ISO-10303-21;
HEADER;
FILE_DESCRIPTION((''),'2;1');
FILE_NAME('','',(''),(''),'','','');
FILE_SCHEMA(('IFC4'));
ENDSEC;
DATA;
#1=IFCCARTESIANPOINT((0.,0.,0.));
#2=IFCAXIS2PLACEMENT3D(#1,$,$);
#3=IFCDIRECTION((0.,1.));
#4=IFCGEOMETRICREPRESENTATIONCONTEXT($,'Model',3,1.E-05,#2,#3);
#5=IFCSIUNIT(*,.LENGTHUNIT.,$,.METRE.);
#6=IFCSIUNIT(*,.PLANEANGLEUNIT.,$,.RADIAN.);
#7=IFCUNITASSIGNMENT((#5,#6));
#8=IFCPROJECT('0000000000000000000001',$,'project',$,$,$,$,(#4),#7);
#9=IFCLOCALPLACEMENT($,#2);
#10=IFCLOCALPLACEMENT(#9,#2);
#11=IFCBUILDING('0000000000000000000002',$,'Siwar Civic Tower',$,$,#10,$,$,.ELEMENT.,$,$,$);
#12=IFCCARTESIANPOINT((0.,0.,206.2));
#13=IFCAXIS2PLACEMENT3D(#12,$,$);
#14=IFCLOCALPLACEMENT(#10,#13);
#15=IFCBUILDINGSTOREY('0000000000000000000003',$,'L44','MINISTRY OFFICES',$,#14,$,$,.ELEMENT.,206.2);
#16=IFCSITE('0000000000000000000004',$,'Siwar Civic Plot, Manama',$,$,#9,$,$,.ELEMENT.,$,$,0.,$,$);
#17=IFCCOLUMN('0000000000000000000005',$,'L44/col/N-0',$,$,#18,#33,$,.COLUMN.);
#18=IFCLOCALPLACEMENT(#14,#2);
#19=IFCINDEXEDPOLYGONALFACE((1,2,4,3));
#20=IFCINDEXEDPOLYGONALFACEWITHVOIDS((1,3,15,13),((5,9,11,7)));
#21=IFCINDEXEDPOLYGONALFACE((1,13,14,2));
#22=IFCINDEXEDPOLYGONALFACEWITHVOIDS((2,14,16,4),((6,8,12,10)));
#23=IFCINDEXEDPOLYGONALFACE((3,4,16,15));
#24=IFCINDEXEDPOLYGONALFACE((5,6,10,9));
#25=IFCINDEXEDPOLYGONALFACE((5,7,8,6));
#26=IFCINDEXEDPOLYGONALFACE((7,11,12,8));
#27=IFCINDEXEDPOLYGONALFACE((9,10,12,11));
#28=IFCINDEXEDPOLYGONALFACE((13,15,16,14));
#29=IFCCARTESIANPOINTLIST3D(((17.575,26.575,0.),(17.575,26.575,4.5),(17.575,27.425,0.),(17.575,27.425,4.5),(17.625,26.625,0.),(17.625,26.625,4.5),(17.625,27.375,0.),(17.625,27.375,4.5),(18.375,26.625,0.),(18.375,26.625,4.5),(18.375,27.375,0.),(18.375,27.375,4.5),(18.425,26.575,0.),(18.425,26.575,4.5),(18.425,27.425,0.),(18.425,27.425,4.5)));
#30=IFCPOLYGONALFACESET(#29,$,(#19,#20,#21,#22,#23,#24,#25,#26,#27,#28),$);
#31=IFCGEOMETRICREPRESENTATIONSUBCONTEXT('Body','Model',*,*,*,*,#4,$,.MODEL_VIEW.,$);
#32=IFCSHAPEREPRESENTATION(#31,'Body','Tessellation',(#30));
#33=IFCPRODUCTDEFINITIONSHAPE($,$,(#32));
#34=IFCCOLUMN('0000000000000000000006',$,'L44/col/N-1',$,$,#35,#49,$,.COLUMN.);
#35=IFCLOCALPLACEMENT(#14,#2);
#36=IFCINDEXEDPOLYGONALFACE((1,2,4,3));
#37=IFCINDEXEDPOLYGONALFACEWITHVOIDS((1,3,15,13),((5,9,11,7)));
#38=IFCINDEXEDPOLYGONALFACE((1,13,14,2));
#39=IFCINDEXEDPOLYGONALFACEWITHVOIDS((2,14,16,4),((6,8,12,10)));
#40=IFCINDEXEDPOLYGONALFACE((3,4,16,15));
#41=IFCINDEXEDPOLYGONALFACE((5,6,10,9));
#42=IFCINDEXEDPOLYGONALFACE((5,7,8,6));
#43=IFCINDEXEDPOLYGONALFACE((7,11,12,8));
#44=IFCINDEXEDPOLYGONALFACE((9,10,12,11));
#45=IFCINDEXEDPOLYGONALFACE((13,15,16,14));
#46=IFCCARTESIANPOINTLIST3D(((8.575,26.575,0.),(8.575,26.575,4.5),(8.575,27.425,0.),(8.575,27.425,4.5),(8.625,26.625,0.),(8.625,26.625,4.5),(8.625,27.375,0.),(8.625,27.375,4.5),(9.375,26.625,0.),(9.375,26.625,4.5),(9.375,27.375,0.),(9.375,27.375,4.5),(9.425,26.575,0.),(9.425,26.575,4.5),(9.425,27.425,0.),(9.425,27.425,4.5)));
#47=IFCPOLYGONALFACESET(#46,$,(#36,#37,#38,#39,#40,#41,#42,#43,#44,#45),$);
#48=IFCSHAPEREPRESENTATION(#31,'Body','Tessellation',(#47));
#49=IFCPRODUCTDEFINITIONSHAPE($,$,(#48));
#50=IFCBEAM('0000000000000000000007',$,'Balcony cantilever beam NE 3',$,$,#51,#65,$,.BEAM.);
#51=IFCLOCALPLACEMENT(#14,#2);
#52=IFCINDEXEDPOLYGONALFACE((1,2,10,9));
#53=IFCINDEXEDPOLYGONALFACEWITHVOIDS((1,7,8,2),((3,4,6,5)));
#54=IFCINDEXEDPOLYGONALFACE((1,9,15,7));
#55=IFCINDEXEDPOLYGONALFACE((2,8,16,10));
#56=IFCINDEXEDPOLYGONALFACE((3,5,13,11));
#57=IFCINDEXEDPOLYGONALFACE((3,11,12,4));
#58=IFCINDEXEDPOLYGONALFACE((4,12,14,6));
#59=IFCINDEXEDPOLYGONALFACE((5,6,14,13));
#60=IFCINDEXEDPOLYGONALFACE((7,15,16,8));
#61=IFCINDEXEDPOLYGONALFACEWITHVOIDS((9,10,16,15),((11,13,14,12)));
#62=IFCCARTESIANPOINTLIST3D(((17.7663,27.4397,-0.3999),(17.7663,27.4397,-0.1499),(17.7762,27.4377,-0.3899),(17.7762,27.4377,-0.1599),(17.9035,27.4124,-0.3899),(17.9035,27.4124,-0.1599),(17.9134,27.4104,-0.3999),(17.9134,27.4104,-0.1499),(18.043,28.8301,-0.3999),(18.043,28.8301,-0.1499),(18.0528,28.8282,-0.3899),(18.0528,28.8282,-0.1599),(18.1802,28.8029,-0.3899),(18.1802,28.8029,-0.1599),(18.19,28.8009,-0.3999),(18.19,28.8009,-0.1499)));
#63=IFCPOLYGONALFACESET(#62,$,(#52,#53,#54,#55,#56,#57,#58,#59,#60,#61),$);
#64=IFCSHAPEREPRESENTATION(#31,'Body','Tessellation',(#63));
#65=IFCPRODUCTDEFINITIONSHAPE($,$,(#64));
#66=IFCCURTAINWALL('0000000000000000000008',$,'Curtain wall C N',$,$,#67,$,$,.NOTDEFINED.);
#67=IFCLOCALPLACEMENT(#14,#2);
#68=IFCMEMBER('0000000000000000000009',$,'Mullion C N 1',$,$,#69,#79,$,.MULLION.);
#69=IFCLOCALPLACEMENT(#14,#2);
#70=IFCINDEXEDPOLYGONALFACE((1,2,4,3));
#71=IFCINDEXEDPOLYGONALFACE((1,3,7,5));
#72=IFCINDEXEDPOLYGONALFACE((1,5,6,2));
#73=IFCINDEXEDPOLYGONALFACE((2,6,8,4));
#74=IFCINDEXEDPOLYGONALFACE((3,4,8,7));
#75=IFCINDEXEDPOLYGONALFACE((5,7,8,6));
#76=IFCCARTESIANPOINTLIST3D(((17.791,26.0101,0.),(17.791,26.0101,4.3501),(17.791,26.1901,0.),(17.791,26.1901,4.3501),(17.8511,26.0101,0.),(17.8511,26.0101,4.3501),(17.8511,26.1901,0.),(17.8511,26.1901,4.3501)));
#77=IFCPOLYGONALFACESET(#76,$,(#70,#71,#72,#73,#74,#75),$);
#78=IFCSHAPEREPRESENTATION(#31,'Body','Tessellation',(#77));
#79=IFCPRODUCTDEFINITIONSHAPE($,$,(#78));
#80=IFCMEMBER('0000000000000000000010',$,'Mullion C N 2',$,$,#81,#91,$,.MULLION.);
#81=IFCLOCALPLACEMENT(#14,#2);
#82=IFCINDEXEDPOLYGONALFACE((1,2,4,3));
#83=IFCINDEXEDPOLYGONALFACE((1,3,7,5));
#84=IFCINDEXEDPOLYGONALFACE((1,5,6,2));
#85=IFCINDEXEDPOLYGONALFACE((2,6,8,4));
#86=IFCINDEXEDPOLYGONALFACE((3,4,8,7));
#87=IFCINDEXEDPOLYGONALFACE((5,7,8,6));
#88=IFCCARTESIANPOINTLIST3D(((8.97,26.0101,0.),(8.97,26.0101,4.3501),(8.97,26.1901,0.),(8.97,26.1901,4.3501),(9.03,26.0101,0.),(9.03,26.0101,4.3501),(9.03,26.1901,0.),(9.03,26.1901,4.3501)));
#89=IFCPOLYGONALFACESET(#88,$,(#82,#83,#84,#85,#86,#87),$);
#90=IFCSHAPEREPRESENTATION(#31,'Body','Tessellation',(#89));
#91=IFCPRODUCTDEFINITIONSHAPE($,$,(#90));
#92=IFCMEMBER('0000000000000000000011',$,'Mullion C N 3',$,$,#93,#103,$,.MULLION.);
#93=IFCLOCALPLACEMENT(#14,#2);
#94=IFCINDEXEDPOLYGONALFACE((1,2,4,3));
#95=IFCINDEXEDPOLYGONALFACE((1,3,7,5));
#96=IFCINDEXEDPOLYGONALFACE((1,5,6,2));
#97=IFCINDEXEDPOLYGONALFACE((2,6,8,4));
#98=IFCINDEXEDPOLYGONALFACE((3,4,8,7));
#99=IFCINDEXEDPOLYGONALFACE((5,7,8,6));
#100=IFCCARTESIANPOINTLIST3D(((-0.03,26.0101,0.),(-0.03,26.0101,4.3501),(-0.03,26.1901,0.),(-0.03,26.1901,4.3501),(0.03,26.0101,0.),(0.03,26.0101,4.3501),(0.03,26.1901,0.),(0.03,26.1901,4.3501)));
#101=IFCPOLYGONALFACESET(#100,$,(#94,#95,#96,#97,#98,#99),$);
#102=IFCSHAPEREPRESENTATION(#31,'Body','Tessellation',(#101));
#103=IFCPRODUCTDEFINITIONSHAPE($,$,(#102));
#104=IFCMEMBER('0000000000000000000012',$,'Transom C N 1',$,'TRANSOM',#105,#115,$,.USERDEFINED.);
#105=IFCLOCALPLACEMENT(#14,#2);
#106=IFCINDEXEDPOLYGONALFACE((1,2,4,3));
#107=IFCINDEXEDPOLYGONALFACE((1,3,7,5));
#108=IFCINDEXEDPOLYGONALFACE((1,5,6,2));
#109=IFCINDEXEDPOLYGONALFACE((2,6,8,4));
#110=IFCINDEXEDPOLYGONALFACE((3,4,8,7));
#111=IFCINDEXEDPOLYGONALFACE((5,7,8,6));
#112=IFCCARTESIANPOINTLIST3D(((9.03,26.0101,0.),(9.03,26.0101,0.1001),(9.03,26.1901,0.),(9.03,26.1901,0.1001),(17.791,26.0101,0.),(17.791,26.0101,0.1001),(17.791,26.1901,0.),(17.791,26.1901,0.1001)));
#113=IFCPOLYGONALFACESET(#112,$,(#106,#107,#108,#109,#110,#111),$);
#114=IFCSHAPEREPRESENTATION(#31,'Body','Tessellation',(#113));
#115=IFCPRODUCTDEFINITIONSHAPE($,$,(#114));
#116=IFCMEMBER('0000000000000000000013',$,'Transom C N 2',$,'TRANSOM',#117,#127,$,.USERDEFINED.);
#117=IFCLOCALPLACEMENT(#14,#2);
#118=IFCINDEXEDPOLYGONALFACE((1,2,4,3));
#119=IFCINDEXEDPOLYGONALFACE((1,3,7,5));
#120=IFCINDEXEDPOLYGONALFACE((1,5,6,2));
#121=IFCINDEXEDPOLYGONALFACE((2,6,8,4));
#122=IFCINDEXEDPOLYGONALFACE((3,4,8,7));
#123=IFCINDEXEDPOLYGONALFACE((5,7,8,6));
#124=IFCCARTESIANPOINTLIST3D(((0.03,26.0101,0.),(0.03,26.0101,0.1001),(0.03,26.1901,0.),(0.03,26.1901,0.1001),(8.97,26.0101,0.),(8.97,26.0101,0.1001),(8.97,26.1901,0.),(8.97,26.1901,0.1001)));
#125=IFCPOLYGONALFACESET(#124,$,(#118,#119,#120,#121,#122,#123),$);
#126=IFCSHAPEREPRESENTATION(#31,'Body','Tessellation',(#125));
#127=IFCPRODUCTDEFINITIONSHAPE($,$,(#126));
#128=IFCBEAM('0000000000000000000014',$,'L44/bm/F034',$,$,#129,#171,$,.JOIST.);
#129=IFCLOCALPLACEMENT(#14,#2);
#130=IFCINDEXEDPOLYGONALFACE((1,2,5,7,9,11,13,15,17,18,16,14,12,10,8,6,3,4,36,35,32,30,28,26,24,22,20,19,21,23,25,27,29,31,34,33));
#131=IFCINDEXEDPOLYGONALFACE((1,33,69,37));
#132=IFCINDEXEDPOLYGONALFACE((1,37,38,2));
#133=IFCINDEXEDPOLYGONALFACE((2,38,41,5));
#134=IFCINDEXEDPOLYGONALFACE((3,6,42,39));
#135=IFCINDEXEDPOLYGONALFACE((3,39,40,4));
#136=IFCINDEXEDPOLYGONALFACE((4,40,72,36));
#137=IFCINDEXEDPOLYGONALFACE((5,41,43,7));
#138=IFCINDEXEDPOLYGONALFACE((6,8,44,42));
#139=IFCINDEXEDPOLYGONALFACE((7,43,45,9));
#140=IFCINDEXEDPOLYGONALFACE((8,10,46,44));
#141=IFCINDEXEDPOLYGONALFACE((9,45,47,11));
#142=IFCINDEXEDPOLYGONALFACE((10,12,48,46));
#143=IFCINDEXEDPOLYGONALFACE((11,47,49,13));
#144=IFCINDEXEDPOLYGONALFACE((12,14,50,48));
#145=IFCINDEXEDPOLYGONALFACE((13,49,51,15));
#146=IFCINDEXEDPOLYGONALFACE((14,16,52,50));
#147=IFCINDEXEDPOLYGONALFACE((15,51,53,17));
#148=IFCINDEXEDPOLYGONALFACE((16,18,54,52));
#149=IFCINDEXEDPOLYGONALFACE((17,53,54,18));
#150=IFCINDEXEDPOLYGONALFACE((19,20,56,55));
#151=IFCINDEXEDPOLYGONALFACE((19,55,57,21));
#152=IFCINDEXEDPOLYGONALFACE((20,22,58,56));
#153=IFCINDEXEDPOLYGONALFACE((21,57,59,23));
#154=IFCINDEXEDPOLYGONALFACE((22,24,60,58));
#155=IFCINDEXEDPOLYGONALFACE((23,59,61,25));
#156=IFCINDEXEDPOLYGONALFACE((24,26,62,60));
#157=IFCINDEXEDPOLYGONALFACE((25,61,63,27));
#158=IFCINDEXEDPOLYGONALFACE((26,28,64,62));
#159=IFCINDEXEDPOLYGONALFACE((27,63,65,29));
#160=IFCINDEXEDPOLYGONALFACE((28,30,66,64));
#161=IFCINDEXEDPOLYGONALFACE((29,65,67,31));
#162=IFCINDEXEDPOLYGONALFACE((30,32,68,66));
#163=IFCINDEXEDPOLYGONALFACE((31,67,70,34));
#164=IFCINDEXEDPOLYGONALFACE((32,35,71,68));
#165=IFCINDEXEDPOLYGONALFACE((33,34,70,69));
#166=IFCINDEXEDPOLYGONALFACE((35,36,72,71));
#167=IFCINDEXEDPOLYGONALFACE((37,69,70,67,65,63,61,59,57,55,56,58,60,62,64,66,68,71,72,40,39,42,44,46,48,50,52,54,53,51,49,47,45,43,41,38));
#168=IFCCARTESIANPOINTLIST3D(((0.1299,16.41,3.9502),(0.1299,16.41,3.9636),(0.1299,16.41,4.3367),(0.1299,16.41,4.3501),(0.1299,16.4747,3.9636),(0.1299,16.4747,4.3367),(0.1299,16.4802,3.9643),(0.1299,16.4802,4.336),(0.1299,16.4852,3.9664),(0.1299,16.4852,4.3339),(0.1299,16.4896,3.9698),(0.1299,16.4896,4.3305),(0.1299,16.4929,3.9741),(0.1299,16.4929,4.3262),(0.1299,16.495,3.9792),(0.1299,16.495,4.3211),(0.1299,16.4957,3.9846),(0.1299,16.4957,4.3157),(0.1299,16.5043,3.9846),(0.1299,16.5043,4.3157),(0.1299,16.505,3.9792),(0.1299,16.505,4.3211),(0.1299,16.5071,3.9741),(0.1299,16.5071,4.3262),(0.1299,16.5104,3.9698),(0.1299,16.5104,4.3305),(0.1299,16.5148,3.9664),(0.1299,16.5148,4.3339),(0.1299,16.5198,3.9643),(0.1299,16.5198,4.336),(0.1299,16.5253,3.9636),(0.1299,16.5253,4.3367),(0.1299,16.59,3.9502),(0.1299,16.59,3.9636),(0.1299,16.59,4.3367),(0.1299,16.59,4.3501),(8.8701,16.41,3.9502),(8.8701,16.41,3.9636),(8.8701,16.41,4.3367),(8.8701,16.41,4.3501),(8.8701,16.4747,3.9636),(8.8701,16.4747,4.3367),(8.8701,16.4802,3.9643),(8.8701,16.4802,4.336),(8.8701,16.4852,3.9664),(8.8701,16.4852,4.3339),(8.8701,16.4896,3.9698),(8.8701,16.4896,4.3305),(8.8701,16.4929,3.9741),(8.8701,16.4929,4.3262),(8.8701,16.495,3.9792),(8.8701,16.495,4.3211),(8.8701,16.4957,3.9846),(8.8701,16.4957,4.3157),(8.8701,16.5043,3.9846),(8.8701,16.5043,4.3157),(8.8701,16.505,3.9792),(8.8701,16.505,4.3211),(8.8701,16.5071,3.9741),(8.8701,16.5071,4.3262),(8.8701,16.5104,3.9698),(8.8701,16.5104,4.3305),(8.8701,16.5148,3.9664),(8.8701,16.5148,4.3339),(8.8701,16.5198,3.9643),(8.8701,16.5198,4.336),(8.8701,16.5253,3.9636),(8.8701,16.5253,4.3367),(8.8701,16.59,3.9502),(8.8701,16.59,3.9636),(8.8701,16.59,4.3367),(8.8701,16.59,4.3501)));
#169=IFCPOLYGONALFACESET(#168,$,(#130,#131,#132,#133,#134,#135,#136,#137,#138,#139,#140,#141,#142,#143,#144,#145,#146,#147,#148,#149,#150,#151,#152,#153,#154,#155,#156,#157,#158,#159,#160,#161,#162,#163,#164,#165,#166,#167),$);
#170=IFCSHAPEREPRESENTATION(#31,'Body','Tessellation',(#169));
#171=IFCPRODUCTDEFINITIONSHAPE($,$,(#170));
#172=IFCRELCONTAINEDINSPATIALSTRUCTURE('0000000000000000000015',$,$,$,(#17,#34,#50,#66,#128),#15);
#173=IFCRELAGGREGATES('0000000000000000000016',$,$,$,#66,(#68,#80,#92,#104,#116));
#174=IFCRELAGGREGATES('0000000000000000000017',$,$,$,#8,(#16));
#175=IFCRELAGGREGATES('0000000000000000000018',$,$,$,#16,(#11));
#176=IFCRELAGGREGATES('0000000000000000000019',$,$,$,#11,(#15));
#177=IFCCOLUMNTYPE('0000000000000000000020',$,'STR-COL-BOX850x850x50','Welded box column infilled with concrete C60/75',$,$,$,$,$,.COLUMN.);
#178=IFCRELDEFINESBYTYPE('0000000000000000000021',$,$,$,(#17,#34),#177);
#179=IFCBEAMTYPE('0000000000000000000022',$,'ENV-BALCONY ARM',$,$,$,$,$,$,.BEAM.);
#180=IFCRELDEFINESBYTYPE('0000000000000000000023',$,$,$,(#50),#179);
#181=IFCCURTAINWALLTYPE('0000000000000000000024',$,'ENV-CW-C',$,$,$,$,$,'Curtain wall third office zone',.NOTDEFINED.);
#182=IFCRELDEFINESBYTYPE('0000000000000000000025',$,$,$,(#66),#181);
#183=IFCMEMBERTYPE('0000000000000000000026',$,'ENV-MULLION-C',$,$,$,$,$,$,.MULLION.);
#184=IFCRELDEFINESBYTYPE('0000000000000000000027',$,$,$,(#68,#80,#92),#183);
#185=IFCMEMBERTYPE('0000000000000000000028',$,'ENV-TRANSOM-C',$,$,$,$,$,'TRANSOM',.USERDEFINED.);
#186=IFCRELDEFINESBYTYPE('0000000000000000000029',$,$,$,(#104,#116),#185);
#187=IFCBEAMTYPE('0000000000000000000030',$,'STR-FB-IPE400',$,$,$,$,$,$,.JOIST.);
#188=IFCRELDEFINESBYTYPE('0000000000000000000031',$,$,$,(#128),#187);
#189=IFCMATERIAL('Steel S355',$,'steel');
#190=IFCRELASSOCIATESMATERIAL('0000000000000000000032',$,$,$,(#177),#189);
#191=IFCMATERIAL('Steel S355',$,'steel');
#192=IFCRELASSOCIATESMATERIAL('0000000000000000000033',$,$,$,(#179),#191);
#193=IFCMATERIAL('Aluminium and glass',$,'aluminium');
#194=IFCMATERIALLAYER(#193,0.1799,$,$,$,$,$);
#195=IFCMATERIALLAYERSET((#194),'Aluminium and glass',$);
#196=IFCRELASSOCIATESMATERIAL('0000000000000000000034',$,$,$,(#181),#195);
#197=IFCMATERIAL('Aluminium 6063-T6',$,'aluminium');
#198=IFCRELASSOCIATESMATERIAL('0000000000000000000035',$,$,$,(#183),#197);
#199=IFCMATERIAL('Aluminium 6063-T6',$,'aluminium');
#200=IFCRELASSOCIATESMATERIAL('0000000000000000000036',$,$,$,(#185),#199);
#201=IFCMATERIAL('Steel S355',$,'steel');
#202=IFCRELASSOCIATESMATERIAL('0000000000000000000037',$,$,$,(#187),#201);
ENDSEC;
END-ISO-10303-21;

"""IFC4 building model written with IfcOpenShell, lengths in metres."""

from ifc_helpers import new_model, si_unit, direction, frame, origin, origin_2d, place, context, subcontext, project, spatial, rectangle, hollow_rectangle, i_section, extrude, material, layer, layer_set, material_profile, profile_set, type_object, element, aggregate, save


model = new_model("IFC4")

# Units and contexts
model_context = context("Model", 3, precision=1e-05, world=origin(), true_north=direction((0.0, 1.0)))
body_context = subcontext(model_context, "Body", "Model", "MODEL_VIEW")
ifc_project = project(units=[si_unit("LENGTHUNIT", "METRE"), si_unit("PLANEANGLEUNIT", "RADIAN")], contexts=[model_context])

# Site, building, storey
site_placement = place(None, origin())
site = spatial("IfcSite", under=ifc_project, at=site_placement, Name="Siwar Civic Plot, Manama", CompositionType="ELEMENT", RefElevation=0.0)
building_placement = place(site_placement, origin())
building = spatial("IfcBuilding", under=site, at=building_placement, Name="Siwar Civic Tower", CompositionType="ELEMENT")
storey_placement = place(building_placement, frame((0.0, 0.0, 206.2)))
storey = spatial("IfcBuildingStorey", under=building, at=storey_placement, Name="L44", Description="MINISTRY OFFICES", CompositionType="ELEMENT", Elevation=206.2)

# Columns
ifc_material_1 = material(Name="Steel S355", Category="steel")
ifc_material_profile_1 = material_profile(ifc_material_1, hollow_rectangle(XDim=0.8501, YDim=0.8501, WallThickness=0.05, at=origin_2d()), Name="BOX850x850x50")
ifc_profile_set_1 = profile_set([ifc_material_profile_1], Name="Steel S355")
column_type = type_object("IfcColumnType", Name="STR-COL-BOX850x850x50", Description="Welded box column infilled with concrete C60/75", PredefinedType="COLUMN", material=ifc_profile_set_1)
for number, where, z_axis, x_axis, name in (
    (1, (18.0, 27.0, 0.0), (0.0, 0.0, 1.0), (1.0, 0.0, 0.0), "L44/col/N-0"),
    (2, (9.0, 27.0, 0.0), (0.0, 0.0, 1.0), (1.0, 0.0, 0.0), "L44/col/N-1"),
):
    element("IfcColumn", number, at=place(storey_placement, frame(where, z_axis=z_axis, x_axis=x_axis)), inside=storey, type_object=column_type, Name=name, PredefinedType="COLUMN", context=body_context, shape_type="SweptSolid", body=[
        extrude(hollow_rectangle(XDim=0.8501, YDim=0.8501, WallThickness=0.05, at=origin_2d()), origin(), (0.0, 0.0, 1.0), 4.5),
    ])

# Beam
ifc_material_2 = material(Name="Steel S355", Category="steel")
ifc_material_profile_2 = material_profile(ifc_material_2, hollow_rectangle(XDim=0.1499, YDim=0.25, WallThickness=0.01, at=origin_2d()), Name="RHS250x150x10")
ifc_profile_set_2 = profile_set([ifc_material_profile_2], Name="Steel S355")
beam_type_1 = type_object("IfcBeamType", Name="ENV-BALCONY ARM", PredefinedType="BEAM", material=ifc_profile_set_2)
beam_1_placement = place(storey_placement, frame((17.8398, 27.425, -0.2749), z_axis=(0.195122, 0.980779, 0.0), x_axis=(-0.980779, 0.195122, 0.0)))
element("IfcBeam", 3, at=beam_1_placement, inside=storey, type_object=beam_type_1, Name="Balcony cantilever beam NE 3", PredefinedType="BEAM", context=body_context, shape_type="SweptSolid", body=[
    extrude(hollow_rectangle(XDim=0.1499, YDim=0.25, WallThickness=0.01, at=origin_2d()), origin(), (0.0, 0.0, 1.0), 1.4177),
])

# Curtain wall, members
ifc_material_3 = material(Name="Aluminium and glass", Category="aluminium")
ifc_layer_1 = layer(ifc_material_3, 0.1799)
ifc_layer_set_1 = layer_set([ifc_layer_1], Name="Aluminium and glass")
curtain_wall_type = type_object("IfcCurtainWallType", Name="ENV-CW-C", ElementType="Curtain wall third office zone", PredefinedType="NOTDEFINED", material=ifc_layer_set_1)
curtain_wall_placement = place(storey_placement, origin())
curtain_wall = element("IfcCurtainWall", 4, at=curtain_wall_placement, inside=storey, type_object=curtain_wall_type, Name="Curtain wall C N", PredefinedType="NOTDEFINED")
ifc_material_4 = material(Name="Aluminium 6063-T6", Category="aluminium")
ifc_material_profile_3 = material_profile(ifc_material_4, rectangle(XDim=0.1799, YDim=0.0601, at=origin_2d()), Name="AL 180x60")
ifc_profile_set_3 = profile_set([ifc_material_profile_3], Name="Aluminium 6063-T6")
member_type_1 = type_object("IfcMemberType", Name="ENV-MULLION-C", PredefinedType="MULLION", material=ifc_profile_set_3)
member_1_placement = place(storey_placement, frame((17.821, 26.1001, 0.0), z_axis=(0.0, 0.0, 1.0), x_axis=(0.0, -1.0, 0.0)))
member_1 = element("IfcMember", 5, at=member_1_placement, type_object=member_type_1, Name="Mullion C N 1", PredefinedType="MULLION", context=body_context, shape_type="SweptSolid", body=[
    extrude(rectangle(XDim=0.1799, YDim=0.0601, at=origin_2d()), origin(), (0.0, 0.0, 1.0), 4.3501),
])
member_2_placement = place(storey_placement, frame((9.0, 26.1001, 0.0), z_axis=(0.0, 0.0, 1.0), x_axis=(0.0, -1.0, 0.0)))
member_2 = element("IfcMember", 6, at=member_2_placement, type_object=member_type_1, Name="Mullion C N 2", PredefinedType="MULLION", context=body_context, shape_type="SweptSolid", body=[
    extrude(rectangle(XDim=0.1799, YDim=0.0601, at=origin_2d()), origin(), (0.0, 0.0, 1.0), 4.3501),
])
member_3_placement = place(storey_placement, frame((0.0, 26.1001, 0.0), z_axis=(0.0, 0.0, 1.0), x_axis=(0.0, -1.0, 0.0)))
member_3 = element("IfcMember", 7, at=member_3_placement, type_object=member_type_1, Name="Mullion C N 3", PredefinedType="MULLION", context=body_context, shape_type="SweptSolid", body=[
    extrude(rectangle(XDim=0.1799, YDim=0.0601, at=origin_2d()), origin(), (0.0, 0.0, 1.0), 4.3501),
])
ifc_material_5 = material(Name="Aluminium 6063-T6", Category="aluminium")
ifc_material_profile_4 = material_profile(ifc_material_5, rectangle(XDim=0.1799, YDim=0.1001, at=origin_2d()), Name="AL 180x100")
ifc_profile_set_4 = profile_set([ifc_material_profile_4], Name="Aluminium 6063-T6")
member_type_2 = type_object("IfcMemberType", Name="ENV-TRANSOM-C", ElementType="TRANSOM", PredefinedType="USERDEFINED", material=ifc_profile_set_4)
member_4_placement = place(storey_placement, frame((17.791, 26.1001, 0.05), z_axis=(-1.0, 0.0, 0.0), x_axis=(0.0, -1.0, 0.0)))
member_4 = element("IfcMember", 8, at=member_4_placement, type_object=member_type_2, Name="Transom C N 1", ObjectType="TRANSOM", PredefinedType="USERDEFINED", context=body_context, shape_type="SweptSolid", body=[
    extrude(rectangle(XDim=0.1799, YDim=0.1001, at=origin_2d()), origin(), (0.0, 0.0, 1.0), 8.761),
])
member_5_placement = place(storey_placement, frame((8.97, 26.1001, 0.05), z_axis=(-1.0, 0.0, 0.0), x_axis=(0.0, -1.0, 0.0)))
member_5 = element("IfcMember", 9, at=member_5_placement, type_object=member_type_2, Name="Transom C N 2", ObjectType="TRANSOM", PredefinedType="USERDEFINED", context=body_context, shape_type="SweptSolid", body=[
    extrude(rectangle(XDim=0.1799, YDim=0.1001, at=origin_2d()), origin(), (0.0, 0.0, 1.0), 8.9399),
])

# Beam
ifc_material_6 = material(Name="Steel S355", Category="steel")
ifc_material_profile_5 = material_profile(ifc_material_6, i_section(OverallWidth=0.1799, OverallDepth=0.3999, WebThickness=0.0085, FlangeThickness=0.0134, FilletRadius=0.021, at=origin_2d()), Name="IPE400")
ifc_profile_set_5 = profile_set([ifc_material_profile_5], Name="Steel S355")
beam_type_2 = type_object("IfcBeamType", Name="STR-FB-IPE400", PredefinedType="JOIST", material=ifc_profile_set_5)
for number, where, z_axis, x_axis, name in (
    (10, (0.1299, 16.5, 4.1501), (1.0, 0.0, 0.0), (0.0, 1.0, 0.0), "L44/bm/F034"),
):
    element("IfcBeam", number, at=place(storey_placement, frame(where, z_axis=z_axis, x_axis=x_axis)), inside=storey, type_object=beam_type_2, Name=name, PredefinedType="JOIST", context=body_context, shape_type="SweptSolid", body=[
        extrude(i_section(OverallWidth=0.1799, OverallDepth=0.3999, WebThickness=0.0085, FlangeThickness=0.0134, FilletRadius=0.021, at=origin_2d()), origin(), (0.0, 0.0, 1.0), 8.7402),
    ])

aggregate(curtain_wall, [member_1, member_2, member_3, member_4, member_5])

save(model, "model.ifc")
